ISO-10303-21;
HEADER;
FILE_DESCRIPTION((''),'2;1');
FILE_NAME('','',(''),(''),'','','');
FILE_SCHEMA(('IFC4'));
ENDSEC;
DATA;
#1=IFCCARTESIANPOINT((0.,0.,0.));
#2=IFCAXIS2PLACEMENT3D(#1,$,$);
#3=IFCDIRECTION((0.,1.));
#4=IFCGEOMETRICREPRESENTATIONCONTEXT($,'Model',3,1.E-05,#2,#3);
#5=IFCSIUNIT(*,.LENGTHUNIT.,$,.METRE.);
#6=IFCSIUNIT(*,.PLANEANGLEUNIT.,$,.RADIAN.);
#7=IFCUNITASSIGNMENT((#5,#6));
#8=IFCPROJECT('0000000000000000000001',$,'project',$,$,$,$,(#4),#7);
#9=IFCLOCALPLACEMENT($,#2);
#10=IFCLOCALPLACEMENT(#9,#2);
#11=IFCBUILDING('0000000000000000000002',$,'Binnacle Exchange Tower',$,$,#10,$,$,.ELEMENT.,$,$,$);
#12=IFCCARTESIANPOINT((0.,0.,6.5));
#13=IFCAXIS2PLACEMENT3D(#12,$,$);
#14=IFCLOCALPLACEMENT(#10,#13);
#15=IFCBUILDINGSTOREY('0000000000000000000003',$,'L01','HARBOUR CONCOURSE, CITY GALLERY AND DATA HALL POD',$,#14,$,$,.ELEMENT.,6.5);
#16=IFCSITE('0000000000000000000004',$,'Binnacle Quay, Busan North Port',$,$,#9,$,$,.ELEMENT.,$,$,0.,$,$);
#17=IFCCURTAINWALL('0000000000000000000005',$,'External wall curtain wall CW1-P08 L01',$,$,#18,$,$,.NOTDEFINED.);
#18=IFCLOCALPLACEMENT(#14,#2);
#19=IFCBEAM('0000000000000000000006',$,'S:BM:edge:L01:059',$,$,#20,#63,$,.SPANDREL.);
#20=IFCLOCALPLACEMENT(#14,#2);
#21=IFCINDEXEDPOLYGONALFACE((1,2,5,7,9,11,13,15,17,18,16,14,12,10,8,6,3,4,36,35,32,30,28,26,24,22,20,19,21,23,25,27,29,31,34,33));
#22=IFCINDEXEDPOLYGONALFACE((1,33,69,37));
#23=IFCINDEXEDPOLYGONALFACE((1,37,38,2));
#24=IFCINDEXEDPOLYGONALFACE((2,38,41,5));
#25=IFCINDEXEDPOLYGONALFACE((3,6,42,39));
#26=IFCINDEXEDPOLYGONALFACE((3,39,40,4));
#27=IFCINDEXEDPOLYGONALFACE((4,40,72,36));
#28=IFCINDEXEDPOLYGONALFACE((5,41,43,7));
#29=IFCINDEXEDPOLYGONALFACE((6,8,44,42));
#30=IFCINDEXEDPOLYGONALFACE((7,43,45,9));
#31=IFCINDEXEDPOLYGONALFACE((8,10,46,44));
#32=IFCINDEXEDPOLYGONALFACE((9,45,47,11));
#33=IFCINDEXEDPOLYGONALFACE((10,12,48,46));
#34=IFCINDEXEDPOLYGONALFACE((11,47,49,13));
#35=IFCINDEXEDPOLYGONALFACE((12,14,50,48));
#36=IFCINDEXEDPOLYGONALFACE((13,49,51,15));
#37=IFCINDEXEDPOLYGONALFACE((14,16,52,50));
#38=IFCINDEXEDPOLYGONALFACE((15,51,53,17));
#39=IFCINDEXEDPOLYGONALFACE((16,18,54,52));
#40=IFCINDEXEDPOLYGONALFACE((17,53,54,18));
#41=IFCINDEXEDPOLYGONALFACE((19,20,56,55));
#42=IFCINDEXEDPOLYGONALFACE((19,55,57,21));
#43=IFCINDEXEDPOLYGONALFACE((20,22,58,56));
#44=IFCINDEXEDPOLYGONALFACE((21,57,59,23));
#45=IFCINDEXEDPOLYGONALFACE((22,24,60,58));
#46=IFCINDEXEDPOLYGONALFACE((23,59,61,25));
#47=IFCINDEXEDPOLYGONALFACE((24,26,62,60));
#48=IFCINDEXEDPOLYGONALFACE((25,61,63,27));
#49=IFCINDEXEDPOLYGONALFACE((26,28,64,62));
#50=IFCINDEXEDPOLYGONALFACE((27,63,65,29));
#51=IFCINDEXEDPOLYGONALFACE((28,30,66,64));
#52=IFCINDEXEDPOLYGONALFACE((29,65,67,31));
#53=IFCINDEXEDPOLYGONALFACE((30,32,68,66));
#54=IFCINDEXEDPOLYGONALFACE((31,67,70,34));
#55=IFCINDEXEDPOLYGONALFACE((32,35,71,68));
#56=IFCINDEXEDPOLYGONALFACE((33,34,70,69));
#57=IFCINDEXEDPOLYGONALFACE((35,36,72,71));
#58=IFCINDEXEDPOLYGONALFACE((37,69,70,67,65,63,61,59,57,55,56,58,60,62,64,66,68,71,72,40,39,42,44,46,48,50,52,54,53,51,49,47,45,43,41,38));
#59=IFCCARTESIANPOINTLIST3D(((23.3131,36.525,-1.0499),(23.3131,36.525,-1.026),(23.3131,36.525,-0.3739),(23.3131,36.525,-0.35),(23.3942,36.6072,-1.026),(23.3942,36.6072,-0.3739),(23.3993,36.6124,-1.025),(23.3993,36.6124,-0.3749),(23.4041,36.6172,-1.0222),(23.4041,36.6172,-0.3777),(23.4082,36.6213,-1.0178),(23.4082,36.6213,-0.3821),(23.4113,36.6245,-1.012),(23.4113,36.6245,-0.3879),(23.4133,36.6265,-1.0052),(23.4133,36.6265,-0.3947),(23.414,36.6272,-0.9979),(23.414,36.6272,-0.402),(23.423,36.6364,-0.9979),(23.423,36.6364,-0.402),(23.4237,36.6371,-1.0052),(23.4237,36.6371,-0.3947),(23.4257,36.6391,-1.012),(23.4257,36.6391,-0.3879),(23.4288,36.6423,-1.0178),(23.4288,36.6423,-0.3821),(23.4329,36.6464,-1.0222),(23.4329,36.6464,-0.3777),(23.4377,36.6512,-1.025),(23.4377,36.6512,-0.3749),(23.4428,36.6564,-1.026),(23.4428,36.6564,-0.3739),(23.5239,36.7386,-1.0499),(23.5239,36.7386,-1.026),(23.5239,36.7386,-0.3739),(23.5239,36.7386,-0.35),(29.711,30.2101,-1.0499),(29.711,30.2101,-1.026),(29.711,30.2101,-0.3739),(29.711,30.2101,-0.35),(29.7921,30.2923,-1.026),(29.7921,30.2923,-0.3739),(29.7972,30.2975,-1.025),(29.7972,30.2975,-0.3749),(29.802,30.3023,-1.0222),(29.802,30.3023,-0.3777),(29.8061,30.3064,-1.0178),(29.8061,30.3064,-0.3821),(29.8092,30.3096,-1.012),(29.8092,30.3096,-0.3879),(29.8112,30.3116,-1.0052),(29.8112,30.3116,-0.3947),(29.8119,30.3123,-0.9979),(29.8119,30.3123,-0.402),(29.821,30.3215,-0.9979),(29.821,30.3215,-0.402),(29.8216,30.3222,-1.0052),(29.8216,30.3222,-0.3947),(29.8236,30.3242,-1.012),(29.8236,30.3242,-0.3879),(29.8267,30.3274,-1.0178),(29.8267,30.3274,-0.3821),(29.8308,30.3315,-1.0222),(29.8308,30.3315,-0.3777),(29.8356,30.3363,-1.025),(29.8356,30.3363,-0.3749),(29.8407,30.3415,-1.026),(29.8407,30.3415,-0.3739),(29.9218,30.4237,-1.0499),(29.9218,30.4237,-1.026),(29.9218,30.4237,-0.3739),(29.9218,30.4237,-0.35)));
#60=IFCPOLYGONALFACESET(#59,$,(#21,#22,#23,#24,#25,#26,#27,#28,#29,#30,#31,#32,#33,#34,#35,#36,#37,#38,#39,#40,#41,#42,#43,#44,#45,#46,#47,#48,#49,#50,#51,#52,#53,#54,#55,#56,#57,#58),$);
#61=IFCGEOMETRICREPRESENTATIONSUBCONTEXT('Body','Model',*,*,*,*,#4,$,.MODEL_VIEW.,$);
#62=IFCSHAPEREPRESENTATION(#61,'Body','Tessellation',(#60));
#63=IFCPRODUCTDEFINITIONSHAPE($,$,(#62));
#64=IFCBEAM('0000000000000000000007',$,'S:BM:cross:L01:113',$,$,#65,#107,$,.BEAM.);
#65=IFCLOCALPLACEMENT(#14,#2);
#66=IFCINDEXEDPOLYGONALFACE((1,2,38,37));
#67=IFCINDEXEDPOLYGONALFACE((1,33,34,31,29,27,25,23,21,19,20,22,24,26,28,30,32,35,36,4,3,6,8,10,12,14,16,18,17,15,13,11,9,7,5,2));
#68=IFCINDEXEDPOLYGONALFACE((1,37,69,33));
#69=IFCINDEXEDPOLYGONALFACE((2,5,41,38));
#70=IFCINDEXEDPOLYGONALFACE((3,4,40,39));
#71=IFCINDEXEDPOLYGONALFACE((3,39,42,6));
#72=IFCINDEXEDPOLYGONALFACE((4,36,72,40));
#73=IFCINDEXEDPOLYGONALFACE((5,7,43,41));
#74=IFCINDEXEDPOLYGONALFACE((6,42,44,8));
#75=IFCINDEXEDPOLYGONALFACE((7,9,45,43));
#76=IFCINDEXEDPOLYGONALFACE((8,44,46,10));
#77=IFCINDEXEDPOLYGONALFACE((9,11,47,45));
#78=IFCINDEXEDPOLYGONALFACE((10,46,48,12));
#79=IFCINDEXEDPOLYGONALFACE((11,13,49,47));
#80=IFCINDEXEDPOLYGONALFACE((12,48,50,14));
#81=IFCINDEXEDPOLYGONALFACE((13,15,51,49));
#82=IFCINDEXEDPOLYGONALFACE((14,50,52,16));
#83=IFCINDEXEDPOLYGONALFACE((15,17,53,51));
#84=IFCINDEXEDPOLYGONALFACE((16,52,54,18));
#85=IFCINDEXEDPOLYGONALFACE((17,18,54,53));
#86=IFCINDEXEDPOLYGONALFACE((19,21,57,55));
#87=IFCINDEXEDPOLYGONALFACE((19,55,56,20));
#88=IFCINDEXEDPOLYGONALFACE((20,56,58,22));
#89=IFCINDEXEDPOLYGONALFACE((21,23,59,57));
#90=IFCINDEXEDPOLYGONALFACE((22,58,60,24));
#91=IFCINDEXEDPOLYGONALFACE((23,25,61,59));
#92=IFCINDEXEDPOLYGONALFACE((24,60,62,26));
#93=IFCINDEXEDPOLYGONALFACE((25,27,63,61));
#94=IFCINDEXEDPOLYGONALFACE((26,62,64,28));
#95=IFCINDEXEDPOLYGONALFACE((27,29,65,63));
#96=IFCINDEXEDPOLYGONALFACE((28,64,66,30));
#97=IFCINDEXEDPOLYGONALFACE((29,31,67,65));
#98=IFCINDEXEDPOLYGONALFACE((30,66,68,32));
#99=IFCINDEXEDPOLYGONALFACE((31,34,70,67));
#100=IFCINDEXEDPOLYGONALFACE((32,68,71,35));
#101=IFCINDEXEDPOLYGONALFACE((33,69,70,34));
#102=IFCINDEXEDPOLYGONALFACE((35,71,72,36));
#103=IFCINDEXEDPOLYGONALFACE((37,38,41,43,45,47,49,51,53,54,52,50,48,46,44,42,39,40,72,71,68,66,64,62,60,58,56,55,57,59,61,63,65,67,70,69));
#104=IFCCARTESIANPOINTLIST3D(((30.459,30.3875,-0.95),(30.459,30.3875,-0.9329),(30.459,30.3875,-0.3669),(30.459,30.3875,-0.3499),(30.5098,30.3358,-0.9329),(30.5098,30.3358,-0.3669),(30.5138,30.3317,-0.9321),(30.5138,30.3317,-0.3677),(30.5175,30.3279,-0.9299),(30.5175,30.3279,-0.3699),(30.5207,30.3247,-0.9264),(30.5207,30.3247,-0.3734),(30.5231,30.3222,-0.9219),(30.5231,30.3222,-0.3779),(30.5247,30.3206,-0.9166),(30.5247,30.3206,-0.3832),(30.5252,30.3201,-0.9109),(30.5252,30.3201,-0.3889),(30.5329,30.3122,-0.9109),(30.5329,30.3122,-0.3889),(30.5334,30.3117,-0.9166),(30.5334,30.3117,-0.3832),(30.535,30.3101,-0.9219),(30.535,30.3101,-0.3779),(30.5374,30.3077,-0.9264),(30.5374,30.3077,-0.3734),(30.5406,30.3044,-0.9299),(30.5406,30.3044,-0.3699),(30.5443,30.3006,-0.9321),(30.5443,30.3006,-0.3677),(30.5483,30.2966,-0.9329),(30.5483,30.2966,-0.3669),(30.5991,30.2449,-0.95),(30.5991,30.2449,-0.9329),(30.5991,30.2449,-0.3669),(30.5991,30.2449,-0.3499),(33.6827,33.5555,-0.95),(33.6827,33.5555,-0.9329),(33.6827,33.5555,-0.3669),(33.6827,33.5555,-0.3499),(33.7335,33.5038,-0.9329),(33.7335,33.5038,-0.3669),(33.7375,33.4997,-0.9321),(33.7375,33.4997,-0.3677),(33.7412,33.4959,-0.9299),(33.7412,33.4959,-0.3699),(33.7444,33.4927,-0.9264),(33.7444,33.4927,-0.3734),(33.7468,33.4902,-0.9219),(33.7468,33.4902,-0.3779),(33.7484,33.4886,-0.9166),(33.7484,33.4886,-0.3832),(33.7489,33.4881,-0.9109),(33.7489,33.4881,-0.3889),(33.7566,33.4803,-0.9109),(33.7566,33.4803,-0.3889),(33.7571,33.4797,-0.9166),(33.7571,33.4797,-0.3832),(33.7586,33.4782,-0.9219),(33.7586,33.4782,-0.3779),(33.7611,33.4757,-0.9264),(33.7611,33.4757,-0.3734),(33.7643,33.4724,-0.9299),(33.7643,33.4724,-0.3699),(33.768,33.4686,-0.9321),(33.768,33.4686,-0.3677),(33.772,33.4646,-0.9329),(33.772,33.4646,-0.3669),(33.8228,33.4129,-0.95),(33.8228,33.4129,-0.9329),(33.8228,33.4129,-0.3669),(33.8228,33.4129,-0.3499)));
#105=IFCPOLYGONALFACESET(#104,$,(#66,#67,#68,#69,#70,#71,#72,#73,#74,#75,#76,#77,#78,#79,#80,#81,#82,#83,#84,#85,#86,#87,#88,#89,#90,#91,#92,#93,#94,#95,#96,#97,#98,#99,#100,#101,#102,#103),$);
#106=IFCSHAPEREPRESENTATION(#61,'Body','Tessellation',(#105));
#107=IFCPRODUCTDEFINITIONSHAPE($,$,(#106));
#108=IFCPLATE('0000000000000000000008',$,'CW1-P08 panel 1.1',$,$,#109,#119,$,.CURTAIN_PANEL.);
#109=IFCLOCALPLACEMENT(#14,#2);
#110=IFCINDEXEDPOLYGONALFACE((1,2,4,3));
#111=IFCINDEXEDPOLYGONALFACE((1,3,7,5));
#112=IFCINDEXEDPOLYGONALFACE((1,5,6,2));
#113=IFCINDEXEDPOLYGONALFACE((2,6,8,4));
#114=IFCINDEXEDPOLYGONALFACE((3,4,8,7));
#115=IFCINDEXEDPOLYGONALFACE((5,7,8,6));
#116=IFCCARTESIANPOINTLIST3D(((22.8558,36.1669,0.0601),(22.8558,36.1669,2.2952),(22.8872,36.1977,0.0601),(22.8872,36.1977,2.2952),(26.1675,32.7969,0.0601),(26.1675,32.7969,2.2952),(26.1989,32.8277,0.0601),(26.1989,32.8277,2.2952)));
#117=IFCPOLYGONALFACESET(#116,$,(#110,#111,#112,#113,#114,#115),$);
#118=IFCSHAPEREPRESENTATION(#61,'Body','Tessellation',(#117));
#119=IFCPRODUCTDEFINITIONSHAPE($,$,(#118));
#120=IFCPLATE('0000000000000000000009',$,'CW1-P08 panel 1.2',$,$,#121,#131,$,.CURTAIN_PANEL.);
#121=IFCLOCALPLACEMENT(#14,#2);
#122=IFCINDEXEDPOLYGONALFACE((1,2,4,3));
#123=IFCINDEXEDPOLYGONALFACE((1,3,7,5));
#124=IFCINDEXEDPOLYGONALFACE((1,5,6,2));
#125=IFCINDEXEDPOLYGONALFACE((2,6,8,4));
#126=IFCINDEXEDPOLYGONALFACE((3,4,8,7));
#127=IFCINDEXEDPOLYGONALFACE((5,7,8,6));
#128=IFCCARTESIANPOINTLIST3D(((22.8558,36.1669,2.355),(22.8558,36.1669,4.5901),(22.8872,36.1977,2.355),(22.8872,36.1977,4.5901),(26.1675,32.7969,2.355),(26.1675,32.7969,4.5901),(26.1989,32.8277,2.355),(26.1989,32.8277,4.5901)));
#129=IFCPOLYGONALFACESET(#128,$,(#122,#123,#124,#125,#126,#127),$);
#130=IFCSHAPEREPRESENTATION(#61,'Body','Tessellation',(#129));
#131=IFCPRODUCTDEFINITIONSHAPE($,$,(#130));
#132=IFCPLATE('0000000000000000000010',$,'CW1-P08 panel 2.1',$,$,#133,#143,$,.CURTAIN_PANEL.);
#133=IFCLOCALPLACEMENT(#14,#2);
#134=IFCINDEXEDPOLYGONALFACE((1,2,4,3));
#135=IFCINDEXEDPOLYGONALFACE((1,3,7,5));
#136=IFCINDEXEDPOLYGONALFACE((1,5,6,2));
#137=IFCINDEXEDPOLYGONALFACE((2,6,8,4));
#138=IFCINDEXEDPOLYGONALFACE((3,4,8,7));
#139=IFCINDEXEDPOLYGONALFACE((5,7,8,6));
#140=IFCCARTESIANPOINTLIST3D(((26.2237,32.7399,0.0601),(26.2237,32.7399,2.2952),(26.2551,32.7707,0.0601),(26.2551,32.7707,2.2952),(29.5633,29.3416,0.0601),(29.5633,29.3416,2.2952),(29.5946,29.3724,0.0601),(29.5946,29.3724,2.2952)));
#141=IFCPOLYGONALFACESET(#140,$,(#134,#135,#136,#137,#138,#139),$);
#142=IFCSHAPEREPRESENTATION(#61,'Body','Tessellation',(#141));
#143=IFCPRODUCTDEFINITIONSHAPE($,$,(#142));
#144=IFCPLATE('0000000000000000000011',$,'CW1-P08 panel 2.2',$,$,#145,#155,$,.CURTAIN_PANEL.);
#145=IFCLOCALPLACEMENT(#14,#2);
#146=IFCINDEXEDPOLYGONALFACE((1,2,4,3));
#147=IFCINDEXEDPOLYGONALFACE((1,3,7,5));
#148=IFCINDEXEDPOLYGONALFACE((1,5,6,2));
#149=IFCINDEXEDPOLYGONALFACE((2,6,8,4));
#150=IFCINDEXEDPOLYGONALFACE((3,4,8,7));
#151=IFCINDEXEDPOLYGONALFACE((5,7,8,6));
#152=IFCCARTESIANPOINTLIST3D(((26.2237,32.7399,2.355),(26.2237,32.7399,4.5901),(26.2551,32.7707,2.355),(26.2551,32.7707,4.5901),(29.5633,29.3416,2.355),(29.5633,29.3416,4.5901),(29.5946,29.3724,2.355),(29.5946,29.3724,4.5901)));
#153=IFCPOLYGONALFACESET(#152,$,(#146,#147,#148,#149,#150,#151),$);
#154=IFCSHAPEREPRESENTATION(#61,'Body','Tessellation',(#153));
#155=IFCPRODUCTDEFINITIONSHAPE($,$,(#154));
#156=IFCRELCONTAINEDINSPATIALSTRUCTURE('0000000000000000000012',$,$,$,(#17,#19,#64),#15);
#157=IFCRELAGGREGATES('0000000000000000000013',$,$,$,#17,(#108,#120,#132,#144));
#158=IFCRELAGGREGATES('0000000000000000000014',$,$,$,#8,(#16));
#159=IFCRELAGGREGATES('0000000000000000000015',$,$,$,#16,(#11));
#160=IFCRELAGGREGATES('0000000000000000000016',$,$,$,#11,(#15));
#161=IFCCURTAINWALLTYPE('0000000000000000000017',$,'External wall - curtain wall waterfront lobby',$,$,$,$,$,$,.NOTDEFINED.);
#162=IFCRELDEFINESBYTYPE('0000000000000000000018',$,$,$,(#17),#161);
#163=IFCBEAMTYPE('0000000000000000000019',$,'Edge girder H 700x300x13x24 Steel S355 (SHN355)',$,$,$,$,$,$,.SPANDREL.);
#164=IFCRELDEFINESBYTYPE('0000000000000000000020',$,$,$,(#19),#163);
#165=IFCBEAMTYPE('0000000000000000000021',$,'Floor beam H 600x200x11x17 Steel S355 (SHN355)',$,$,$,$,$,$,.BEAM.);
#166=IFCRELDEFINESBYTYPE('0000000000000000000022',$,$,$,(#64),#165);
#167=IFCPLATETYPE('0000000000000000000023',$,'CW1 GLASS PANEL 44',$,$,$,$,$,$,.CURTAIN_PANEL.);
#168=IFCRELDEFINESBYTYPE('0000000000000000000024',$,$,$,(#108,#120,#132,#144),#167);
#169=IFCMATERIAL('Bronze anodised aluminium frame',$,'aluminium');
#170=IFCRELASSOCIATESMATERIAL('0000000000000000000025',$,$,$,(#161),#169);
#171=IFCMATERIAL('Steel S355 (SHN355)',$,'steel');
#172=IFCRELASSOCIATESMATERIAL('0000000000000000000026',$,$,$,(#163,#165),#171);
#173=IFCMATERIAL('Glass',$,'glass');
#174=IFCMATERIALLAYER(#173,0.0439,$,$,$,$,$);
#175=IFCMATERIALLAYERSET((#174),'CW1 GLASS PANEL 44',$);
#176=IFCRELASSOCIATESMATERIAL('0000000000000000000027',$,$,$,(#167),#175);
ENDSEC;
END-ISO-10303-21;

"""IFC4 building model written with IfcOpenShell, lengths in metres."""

from ifc_helpers import new_model, si_unit, direction, frame, origin, origin_2d, place, context, subcontext, project, spatial, rectangle, i_section, extrude, material, layer, layer_set, material_profile, profile_set, type_object, element, aggregate, save


model = new_model("IFC4")

# Units and contexts
model_context = context("Model", 3, precision=1e-05, world=origin(), true_north=direction((0.0, 1.0)))
body_context = subcontext(model_context, "Body", "Model", "MODEL_VIEW")
ifc_project = project(units=[si_unit("LENGTHUNIT", "METRE"), si_unit("PLANEANGLEUNIT", "RADIAN")], contexts=[model_context])

# Site, building, storey
site_placement = place(None, origin())
site = spatial("IfcSite", under=ifc_project, at=site_placement, Name="Binnacle Quay, Busan North Port", CompositionType="ELEMENT", RefElevation=0.0)
building_placement = place(site_placement, origin())
building = spatial("IfcBuilding", under=site, at=building_placement, Name="Binnacle Exchange Tower", CompositionType="ELEMENT")
storey_placement = place(building_placement, frame((0.0, 0.0, 6.5)))
storey = spatial("IfcBuildingStorey", under=building, at=storey_placement, Name="L01", Description="HARBOUR CONCOURSE, CITY GALLERY AND DATA HALL POD", CompositionType="ELEMENT", Elevation=6.5)

# Curtain wall
ifc_material_1 = material(Name="Bronze anodised aluminium frame", Category="aluminium")
curtain_wall_type = type_object("IfcCurtainWallType", Name="External wall - curtain wall waterfront lobby", PredefinedType="NOTDEFINED", material=ifc_material_1)
curtain_wall_placement = place(storey_placement, origin())
curtain_wall = element("IfcCurtainWall", 1, at=curtain_wall_placement, inside=storey, type_object=curtain_wall_type, Name="External wall curtain wall CW1-P08 L01", PredefinedType="NOTDEFINED")

# Beams
ifc_material_2 = material(Name="Steel S355 (SHN355)", Category="steel")
ifc_material_profile_1 = material_profile(ifc_material_2, i_section(OverallWidth=0.3, OverallDepth=0.7, WebThickness=0.0129, FlangeThickness=0.0239, FilletRadius=0.0281, at=origin_2d()), Name="H 700x300x13x24")
ifc_profile_set_1 = profile_set([ifc_material_profile_1], Name="Steel S355 (SHN355)")
beam_type_1 = type_object("IfcBeamType", Name="Edge girder H 700x300x13x24 Steel S355 (SHN355)", PredefinedType="SPANDREL", material=ifc_profile_set_1)
beam_1_placement = place(storey_placement, frame((29.8164, 30.3169, -0.7), z_axis=(-0.711709, 0.702475, 0.0), x_axis=(-0.702475, -0.711709, 0.0)))
element("IfcBeam", 2, at=beam_1_placement, inside=storey, type_object=beam_type_1, Name="S:BM:edge:L01:059", PredefinedType="SPANDREL", context=body_context, shape_type="SweptSolid", body=[
    extrude(i_section(OverallWidth=0.3, OverallDepth=0.7, WebThickness=0.0129, FlangeThickness=0.0239, FilletRadius=0.0281, at=origin_2d()), origin(), (0.0, 0.0, 1.0), 8.9895),
])
ifc_material_profile_2 = material_profile(ifc_material_2, i_section(OverallWidth=0.2, OverallDepth=0.6001, WebThickness=0.011, FlangeThickness=0.0171, FilletRadius=0.022, at=origin_2d()), Name="H 600x200x11x17")
ifc_profile_set_2 = profile_set([ifc_material_profile_2], Name="Steel S355 (SHN355)")
beam_type_2 = type_object("IfcBeamType", Name="Floor beam H 600x200x11x17 Steel S355 (SHN355)", PredefinedType="BEAM", material=ifc_profile_set_2)
beam_2_placement = place(storey_placement, frame((30.5291, 30.3162, -0.6499), z_axis=(0.713238, 0.700922, 0.0), x_axis=(-0.700922, 0.713238, 0.0)))
element("IfcBeam", 3, at=beam_2_placement, inside=storey, type_object=beam_type_2, Name="S:BM:cross:L01:113", PredefinedType="BEAM", context=body_context, shape_type="SweptSolid", body=[
    extrude(i_section(OverallWidth=0.2, OverallDepth=0.6001, WebThickness=0.011, FlangeThickness=0.0171, FilletRadius=0.022, at=origin_2d()), origin(), (0.0, 0.0, 1.0), 4.5198),
])

# Plates
ifc_material_3 = material(Name="Glass", Category="glass")
ifc_layer = layer(ifc_material_3, 0.0439)
ifc_layer_set = layer_set([ifc_layer], Name="CW1 GLASS PANEL 44")
plate_type = type_object("IfcPlateType", Name="CW1 GLASS PANEL 44", PredefinedType="CURTAIN_PANEL", material=ifc_layer_set)
plate_1_placement = place(storey_placement, frame((24.5273, 34.4973, 0.0601), z_axis=(0.0, 0.0, 1.0), x_axis=(0.700909, -0.71325, 0.0)))
plate_1 = element("IfcPlate", 4, at=plate_1_placement, type_object=plate_type, Name="CW1-P08 panel 1.1", PredefinedType="CURTAIN_PANEL", context=body_context, shape_type="SweptSolid", body=[
    extrude(rectangle(XDim=4.7249, YDim=0.0439, at=origin_2d()), origin(), (0.0, 0.0, 1.0), 2.2351),
])
plate_2_placement = place(storey_placement, frame((24.5273, 34.4973, 2.355), z_axis=(0.0, 0.0, 1.0), x_axis=(0.700909, -0.71325, 0.0)))
plate_2 = element("IfcPlate", 5, at=plate_2_placement, type_object=plate_type, Name="CW1-P08 panel 1.2", PredefinedType="CURTAIN_PANEL", context=body_context, shape_type="SweptSolid", body=[
    extrude(rectangle(XDim=4.7249, YDim=0.0439, at=origin_2d()), origin(), (0.0, 0.0, 1.0), 2.2351),
])
plate_3_placement = place(storey_placement, frame((27.9092, 31.0562, 0.0601), z_axis=(0.0, 0.0, 1.0), x_axis=(0.700909, -0.71325, 0.0)))
plate_3 = element("IfcPlate", 6, at=plate_3_placement, type_object=plate_type, Name="CW1-P08 panel 2.1", PredefinedType="CURTAIN_PANEL", context=body_context, shape_type="SweptSolid", body=[
    extrude(rectangle(XDim=4.7646, YDim=0.0439, at=origin_2d()), origin(), (0.0, 0.0, 1.0), 2.2351),
])
plate_4_placement = place(storey_placement, frame((27.9092, 31.0562, 2.355), z_axis=(0.0, 0.0, 1.0), x_axis=(0.700909, -0.71325, 0.0)))
plate_4 = element("IfcPlate", 7, at=plate_4_placement, type_object=plate_type, Name="CW1-P08 panel 2.2", PredefinedType="CURTAIN_PANEL", context=body_context, shape_type="SweptSolid", body=[
    extrude(rectangle(XDim=4.7646, YDim=0.0439, at=origin_2d()), origin(), (0.0, 0.0, 1.0), 2.2351),
])
aggregate(curtain_wall, [plate_1, plate_2, plate_3, plate_4])

save(model, "model.ifc")
